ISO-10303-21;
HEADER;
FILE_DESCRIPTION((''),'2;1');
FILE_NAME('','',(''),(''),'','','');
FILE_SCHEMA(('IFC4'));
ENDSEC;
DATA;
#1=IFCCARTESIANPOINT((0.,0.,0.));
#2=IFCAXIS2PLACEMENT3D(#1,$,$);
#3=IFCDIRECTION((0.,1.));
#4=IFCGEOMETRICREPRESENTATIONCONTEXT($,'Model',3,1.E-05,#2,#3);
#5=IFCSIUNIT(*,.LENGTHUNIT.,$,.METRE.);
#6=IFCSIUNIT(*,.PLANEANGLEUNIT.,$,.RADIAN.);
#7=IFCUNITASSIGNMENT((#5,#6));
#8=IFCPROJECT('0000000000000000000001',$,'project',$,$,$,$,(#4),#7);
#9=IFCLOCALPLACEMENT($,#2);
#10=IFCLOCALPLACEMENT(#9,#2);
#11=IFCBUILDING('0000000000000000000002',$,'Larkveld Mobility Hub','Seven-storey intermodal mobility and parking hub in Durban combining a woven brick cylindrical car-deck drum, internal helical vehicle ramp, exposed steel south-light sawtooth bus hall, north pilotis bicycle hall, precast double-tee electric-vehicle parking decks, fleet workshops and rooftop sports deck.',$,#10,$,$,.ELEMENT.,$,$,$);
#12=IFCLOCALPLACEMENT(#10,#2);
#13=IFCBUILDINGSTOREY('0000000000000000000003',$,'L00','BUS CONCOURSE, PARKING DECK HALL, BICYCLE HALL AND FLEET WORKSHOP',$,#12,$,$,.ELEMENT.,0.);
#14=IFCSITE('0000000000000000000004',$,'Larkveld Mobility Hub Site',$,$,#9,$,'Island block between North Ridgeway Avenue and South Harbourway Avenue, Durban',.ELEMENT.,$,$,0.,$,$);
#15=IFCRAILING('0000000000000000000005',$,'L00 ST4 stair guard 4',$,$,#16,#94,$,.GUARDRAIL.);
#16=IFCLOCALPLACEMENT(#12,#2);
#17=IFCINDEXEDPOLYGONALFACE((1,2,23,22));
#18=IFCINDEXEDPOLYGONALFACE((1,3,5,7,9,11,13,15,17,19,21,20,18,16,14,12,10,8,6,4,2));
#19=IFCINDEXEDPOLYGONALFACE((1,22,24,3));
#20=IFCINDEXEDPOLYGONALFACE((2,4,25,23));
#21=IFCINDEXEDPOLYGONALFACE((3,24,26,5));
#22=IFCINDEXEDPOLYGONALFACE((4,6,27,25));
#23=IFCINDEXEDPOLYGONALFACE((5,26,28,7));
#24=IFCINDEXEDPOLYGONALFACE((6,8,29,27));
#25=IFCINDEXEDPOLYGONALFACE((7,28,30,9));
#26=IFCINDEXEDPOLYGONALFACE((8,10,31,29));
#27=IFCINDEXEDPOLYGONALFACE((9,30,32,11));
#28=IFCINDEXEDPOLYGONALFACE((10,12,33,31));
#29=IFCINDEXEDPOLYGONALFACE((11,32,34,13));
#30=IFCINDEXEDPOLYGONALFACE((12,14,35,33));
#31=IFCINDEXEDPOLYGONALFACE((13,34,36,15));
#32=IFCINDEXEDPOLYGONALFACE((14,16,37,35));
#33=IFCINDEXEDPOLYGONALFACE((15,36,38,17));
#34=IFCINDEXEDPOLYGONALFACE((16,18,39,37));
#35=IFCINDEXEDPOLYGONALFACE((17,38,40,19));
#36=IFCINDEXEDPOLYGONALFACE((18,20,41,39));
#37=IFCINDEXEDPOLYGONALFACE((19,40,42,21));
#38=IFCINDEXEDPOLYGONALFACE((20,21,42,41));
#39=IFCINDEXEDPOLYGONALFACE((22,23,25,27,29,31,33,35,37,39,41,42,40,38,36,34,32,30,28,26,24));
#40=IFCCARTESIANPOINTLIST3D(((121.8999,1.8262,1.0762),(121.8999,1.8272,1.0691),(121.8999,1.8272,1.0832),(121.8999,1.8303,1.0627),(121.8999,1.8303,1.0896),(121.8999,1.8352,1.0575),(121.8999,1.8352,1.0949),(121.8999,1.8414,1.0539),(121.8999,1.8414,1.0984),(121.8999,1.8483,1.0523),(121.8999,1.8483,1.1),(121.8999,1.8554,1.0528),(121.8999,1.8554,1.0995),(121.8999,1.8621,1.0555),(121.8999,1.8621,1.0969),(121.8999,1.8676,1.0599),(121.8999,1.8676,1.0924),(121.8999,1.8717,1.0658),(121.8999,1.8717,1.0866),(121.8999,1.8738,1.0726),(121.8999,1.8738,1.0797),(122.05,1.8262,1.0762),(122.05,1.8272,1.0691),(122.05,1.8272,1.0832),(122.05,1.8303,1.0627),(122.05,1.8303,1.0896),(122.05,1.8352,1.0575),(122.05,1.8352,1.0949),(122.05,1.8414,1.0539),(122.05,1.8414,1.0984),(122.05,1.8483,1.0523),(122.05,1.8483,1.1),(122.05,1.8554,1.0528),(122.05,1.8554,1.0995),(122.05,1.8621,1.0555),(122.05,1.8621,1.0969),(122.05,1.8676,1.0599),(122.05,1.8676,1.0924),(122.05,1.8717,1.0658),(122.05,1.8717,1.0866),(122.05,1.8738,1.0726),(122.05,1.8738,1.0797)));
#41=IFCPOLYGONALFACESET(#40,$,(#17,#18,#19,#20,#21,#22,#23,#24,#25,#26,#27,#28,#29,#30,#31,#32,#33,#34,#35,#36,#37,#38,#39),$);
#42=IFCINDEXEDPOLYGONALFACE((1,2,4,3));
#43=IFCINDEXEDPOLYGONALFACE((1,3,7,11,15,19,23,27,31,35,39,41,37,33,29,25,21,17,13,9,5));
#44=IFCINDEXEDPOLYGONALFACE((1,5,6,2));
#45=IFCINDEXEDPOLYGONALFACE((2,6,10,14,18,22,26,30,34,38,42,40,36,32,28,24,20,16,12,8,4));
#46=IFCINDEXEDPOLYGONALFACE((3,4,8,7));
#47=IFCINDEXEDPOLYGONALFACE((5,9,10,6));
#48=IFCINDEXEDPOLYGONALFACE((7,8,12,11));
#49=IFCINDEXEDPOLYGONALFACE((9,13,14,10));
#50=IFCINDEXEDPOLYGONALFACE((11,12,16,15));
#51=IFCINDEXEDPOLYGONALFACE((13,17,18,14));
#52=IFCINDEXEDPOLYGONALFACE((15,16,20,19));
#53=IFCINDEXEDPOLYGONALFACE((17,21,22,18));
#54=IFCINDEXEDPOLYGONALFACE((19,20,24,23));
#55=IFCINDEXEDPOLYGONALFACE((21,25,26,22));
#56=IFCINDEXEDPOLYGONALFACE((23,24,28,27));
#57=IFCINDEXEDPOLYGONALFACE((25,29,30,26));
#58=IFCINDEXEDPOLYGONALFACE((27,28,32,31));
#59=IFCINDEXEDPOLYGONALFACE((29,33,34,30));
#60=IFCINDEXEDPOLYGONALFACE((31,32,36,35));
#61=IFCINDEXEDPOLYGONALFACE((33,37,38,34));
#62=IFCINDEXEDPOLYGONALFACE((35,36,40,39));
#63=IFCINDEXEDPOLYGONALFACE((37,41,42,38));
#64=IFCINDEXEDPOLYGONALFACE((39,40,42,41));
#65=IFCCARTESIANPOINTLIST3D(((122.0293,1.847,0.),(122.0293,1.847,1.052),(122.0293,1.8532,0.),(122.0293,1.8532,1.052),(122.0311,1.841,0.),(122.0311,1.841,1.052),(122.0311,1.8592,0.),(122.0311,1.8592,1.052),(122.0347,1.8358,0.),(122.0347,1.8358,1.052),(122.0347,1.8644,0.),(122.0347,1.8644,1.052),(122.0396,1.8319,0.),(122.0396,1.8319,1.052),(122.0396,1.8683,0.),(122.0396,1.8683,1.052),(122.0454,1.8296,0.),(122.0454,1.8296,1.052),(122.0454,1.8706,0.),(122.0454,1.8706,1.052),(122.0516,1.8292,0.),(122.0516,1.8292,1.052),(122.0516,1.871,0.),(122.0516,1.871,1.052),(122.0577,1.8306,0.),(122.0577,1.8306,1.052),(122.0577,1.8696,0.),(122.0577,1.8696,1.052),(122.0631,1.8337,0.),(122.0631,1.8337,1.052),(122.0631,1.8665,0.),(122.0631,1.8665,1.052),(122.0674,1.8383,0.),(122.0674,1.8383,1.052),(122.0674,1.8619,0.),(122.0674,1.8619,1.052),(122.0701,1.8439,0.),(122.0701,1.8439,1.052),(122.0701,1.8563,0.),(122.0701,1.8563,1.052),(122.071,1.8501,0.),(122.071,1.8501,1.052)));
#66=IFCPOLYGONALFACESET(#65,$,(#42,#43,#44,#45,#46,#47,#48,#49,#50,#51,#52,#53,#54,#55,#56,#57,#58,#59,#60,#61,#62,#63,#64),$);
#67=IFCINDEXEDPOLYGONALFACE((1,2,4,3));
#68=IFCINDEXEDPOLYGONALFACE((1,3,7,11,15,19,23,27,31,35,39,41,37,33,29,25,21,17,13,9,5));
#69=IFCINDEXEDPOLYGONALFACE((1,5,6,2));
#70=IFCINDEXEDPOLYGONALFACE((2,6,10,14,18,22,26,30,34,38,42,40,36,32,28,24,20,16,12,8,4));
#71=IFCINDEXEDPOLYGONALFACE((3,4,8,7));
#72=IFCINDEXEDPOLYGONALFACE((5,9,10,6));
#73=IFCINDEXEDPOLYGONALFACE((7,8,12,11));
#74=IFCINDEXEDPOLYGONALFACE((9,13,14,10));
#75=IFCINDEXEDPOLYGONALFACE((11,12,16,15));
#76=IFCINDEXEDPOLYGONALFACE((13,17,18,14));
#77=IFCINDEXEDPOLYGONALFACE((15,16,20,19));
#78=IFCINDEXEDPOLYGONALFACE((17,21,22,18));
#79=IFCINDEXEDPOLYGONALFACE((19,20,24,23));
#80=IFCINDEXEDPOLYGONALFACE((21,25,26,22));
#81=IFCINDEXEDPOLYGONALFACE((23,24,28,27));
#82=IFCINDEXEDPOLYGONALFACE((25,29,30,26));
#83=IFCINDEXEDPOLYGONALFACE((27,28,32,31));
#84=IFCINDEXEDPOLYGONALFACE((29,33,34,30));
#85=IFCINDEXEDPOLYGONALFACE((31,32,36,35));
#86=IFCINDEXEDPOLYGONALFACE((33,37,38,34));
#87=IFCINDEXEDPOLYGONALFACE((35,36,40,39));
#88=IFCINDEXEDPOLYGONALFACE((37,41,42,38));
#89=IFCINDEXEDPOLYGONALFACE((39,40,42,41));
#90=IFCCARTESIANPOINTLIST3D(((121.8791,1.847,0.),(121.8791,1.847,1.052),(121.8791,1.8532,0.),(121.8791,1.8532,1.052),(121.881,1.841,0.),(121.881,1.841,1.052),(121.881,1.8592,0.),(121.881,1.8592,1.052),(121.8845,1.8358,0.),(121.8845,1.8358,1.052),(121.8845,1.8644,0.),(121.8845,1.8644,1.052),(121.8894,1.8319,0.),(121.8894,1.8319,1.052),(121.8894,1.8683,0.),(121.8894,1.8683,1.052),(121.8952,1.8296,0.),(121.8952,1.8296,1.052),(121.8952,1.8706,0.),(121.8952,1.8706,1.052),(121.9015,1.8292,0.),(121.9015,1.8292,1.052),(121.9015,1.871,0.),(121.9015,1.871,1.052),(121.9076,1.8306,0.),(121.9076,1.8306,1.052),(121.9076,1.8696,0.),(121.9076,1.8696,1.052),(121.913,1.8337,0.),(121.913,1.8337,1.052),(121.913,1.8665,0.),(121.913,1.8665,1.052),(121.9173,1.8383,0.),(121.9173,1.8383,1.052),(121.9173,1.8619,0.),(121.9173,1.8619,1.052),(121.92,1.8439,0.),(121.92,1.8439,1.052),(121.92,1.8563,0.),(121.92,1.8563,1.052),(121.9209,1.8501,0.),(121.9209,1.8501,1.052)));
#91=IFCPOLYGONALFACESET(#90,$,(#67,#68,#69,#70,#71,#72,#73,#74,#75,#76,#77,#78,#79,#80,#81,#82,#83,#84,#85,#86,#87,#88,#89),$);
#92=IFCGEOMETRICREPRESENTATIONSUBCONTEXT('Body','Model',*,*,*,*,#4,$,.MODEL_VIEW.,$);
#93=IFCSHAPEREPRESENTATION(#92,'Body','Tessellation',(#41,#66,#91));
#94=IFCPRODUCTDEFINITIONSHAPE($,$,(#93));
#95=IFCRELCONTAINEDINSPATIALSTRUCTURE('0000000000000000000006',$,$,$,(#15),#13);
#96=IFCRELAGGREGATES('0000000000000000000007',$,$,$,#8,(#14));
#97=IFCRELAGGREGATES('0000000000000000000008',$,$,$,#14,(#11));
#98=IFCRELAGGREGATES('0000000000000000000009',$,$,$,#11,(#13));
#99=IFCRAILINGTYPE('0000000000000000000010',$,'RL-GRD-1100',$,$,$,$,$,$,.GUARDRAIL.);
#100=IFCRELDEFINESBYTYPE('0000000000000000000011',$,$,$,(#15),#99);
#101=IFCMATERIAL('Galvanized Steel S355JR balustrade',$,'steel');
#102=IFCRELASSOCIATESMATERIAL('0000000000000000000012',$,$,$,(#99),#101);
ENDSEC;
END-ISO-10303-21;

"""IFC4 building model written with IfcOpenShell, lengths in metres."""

from ifc_helpers import new_model, si_unit, direction, frame, origin, origin_2d, place, context, subcontext, project, spatial, circle, extrude, material, type_object, element, save


model = new_model("IFC4")

# Units and contexts
model_context = context("Model", 3, precision=1e-05, world=origin(), true_north=direction((0.0, 1.0)))
body_context = subcontext(model_context, "Body", "Model", "MODEL_VIEW")
ifc_project = project(units=[si_unit("LENGTHUNIT", "METRE"), si_unit("PLANEANGLEUNIT", "RADIAN")], contexts=[model_context])

# Site, building, storey
site_placement = place(None, origin())
site = spatial("IfcSite", under=ifc_project, at=site_placement, Name="Larkveld Mobility Hub Site", LongName="Island block between North Ridgeway Avenue and South Harbourway Avenue, Durban", CompositionType="ELEMENT", RefElevation=0.0)
building_placement = place(site_placement, origin())
building = spatial("IfcBuilding", under=site, at=building_placement, Name="Larkveld Mobility Hub", Description="Seven-storey intermodal mobility and parking hub in Durban combining a woven brick cylindrical car-deck drum, internal helical vehicle ramp, exposed steel south-light sawtooth bus hall, north pilotis bicycle hall, precast double-tee electric-vehicle parking decks, fleet workshops and rooftop sports deck.", CompositionType="ELEMENT")
storey_placement = place(building_placement, origin())
storey = spatial("IfcBuildingStorey", under=building, at=storey_placement, Name="L00", Description="BUS CONCOURSE, PARKING DECK HALL, BICYCLE HALL AND FLEET WORKSHOP", CompositionType="ELEMENT", Elevation=0.0)

# Railing
ifc_material_1 = material(Name="Galvanized Steel S355JR balustrade", Category="steel")
railing_type_1 = type_object("IfcRailingType", Name="RL-GRD-1100", PredefinedType="GUARDRAIL", material=ifc_material_1)
railing_1_placement = place(storey_placement, frame((122.05, 1.8501, 0.0)))
element("IfcRailing", 1, at=railing_1_placement, inside=storey, type_object=railing_type_1, Name="L00 ST4 stair guard 4", PredefinedType="GUARDRAIL", context=body_context, shape_type="SweptSolid", body=[
    extrude(circle(Radius=0.0239, at=origin_2d()), frame((0.0, 0.0, 1.0762), z_axis=(-1.0, 0.0, 0.0), x_axis=(0.0, -1.0, 0.0)), (0.0, 0.0, 1.0), 0.1501),
    extrude(circle(Radius=0.021, at=origin_2d()), origin(), (0.0, 0.0, 1.0), 1.052),
    extrude(circle(Radius=0.021, at=origin_2d()), frame((-0.1501, 0.0, 0.0)), (0.0, 0.0, 1.0), 1.052),
])

save(model, "model.ifc")
